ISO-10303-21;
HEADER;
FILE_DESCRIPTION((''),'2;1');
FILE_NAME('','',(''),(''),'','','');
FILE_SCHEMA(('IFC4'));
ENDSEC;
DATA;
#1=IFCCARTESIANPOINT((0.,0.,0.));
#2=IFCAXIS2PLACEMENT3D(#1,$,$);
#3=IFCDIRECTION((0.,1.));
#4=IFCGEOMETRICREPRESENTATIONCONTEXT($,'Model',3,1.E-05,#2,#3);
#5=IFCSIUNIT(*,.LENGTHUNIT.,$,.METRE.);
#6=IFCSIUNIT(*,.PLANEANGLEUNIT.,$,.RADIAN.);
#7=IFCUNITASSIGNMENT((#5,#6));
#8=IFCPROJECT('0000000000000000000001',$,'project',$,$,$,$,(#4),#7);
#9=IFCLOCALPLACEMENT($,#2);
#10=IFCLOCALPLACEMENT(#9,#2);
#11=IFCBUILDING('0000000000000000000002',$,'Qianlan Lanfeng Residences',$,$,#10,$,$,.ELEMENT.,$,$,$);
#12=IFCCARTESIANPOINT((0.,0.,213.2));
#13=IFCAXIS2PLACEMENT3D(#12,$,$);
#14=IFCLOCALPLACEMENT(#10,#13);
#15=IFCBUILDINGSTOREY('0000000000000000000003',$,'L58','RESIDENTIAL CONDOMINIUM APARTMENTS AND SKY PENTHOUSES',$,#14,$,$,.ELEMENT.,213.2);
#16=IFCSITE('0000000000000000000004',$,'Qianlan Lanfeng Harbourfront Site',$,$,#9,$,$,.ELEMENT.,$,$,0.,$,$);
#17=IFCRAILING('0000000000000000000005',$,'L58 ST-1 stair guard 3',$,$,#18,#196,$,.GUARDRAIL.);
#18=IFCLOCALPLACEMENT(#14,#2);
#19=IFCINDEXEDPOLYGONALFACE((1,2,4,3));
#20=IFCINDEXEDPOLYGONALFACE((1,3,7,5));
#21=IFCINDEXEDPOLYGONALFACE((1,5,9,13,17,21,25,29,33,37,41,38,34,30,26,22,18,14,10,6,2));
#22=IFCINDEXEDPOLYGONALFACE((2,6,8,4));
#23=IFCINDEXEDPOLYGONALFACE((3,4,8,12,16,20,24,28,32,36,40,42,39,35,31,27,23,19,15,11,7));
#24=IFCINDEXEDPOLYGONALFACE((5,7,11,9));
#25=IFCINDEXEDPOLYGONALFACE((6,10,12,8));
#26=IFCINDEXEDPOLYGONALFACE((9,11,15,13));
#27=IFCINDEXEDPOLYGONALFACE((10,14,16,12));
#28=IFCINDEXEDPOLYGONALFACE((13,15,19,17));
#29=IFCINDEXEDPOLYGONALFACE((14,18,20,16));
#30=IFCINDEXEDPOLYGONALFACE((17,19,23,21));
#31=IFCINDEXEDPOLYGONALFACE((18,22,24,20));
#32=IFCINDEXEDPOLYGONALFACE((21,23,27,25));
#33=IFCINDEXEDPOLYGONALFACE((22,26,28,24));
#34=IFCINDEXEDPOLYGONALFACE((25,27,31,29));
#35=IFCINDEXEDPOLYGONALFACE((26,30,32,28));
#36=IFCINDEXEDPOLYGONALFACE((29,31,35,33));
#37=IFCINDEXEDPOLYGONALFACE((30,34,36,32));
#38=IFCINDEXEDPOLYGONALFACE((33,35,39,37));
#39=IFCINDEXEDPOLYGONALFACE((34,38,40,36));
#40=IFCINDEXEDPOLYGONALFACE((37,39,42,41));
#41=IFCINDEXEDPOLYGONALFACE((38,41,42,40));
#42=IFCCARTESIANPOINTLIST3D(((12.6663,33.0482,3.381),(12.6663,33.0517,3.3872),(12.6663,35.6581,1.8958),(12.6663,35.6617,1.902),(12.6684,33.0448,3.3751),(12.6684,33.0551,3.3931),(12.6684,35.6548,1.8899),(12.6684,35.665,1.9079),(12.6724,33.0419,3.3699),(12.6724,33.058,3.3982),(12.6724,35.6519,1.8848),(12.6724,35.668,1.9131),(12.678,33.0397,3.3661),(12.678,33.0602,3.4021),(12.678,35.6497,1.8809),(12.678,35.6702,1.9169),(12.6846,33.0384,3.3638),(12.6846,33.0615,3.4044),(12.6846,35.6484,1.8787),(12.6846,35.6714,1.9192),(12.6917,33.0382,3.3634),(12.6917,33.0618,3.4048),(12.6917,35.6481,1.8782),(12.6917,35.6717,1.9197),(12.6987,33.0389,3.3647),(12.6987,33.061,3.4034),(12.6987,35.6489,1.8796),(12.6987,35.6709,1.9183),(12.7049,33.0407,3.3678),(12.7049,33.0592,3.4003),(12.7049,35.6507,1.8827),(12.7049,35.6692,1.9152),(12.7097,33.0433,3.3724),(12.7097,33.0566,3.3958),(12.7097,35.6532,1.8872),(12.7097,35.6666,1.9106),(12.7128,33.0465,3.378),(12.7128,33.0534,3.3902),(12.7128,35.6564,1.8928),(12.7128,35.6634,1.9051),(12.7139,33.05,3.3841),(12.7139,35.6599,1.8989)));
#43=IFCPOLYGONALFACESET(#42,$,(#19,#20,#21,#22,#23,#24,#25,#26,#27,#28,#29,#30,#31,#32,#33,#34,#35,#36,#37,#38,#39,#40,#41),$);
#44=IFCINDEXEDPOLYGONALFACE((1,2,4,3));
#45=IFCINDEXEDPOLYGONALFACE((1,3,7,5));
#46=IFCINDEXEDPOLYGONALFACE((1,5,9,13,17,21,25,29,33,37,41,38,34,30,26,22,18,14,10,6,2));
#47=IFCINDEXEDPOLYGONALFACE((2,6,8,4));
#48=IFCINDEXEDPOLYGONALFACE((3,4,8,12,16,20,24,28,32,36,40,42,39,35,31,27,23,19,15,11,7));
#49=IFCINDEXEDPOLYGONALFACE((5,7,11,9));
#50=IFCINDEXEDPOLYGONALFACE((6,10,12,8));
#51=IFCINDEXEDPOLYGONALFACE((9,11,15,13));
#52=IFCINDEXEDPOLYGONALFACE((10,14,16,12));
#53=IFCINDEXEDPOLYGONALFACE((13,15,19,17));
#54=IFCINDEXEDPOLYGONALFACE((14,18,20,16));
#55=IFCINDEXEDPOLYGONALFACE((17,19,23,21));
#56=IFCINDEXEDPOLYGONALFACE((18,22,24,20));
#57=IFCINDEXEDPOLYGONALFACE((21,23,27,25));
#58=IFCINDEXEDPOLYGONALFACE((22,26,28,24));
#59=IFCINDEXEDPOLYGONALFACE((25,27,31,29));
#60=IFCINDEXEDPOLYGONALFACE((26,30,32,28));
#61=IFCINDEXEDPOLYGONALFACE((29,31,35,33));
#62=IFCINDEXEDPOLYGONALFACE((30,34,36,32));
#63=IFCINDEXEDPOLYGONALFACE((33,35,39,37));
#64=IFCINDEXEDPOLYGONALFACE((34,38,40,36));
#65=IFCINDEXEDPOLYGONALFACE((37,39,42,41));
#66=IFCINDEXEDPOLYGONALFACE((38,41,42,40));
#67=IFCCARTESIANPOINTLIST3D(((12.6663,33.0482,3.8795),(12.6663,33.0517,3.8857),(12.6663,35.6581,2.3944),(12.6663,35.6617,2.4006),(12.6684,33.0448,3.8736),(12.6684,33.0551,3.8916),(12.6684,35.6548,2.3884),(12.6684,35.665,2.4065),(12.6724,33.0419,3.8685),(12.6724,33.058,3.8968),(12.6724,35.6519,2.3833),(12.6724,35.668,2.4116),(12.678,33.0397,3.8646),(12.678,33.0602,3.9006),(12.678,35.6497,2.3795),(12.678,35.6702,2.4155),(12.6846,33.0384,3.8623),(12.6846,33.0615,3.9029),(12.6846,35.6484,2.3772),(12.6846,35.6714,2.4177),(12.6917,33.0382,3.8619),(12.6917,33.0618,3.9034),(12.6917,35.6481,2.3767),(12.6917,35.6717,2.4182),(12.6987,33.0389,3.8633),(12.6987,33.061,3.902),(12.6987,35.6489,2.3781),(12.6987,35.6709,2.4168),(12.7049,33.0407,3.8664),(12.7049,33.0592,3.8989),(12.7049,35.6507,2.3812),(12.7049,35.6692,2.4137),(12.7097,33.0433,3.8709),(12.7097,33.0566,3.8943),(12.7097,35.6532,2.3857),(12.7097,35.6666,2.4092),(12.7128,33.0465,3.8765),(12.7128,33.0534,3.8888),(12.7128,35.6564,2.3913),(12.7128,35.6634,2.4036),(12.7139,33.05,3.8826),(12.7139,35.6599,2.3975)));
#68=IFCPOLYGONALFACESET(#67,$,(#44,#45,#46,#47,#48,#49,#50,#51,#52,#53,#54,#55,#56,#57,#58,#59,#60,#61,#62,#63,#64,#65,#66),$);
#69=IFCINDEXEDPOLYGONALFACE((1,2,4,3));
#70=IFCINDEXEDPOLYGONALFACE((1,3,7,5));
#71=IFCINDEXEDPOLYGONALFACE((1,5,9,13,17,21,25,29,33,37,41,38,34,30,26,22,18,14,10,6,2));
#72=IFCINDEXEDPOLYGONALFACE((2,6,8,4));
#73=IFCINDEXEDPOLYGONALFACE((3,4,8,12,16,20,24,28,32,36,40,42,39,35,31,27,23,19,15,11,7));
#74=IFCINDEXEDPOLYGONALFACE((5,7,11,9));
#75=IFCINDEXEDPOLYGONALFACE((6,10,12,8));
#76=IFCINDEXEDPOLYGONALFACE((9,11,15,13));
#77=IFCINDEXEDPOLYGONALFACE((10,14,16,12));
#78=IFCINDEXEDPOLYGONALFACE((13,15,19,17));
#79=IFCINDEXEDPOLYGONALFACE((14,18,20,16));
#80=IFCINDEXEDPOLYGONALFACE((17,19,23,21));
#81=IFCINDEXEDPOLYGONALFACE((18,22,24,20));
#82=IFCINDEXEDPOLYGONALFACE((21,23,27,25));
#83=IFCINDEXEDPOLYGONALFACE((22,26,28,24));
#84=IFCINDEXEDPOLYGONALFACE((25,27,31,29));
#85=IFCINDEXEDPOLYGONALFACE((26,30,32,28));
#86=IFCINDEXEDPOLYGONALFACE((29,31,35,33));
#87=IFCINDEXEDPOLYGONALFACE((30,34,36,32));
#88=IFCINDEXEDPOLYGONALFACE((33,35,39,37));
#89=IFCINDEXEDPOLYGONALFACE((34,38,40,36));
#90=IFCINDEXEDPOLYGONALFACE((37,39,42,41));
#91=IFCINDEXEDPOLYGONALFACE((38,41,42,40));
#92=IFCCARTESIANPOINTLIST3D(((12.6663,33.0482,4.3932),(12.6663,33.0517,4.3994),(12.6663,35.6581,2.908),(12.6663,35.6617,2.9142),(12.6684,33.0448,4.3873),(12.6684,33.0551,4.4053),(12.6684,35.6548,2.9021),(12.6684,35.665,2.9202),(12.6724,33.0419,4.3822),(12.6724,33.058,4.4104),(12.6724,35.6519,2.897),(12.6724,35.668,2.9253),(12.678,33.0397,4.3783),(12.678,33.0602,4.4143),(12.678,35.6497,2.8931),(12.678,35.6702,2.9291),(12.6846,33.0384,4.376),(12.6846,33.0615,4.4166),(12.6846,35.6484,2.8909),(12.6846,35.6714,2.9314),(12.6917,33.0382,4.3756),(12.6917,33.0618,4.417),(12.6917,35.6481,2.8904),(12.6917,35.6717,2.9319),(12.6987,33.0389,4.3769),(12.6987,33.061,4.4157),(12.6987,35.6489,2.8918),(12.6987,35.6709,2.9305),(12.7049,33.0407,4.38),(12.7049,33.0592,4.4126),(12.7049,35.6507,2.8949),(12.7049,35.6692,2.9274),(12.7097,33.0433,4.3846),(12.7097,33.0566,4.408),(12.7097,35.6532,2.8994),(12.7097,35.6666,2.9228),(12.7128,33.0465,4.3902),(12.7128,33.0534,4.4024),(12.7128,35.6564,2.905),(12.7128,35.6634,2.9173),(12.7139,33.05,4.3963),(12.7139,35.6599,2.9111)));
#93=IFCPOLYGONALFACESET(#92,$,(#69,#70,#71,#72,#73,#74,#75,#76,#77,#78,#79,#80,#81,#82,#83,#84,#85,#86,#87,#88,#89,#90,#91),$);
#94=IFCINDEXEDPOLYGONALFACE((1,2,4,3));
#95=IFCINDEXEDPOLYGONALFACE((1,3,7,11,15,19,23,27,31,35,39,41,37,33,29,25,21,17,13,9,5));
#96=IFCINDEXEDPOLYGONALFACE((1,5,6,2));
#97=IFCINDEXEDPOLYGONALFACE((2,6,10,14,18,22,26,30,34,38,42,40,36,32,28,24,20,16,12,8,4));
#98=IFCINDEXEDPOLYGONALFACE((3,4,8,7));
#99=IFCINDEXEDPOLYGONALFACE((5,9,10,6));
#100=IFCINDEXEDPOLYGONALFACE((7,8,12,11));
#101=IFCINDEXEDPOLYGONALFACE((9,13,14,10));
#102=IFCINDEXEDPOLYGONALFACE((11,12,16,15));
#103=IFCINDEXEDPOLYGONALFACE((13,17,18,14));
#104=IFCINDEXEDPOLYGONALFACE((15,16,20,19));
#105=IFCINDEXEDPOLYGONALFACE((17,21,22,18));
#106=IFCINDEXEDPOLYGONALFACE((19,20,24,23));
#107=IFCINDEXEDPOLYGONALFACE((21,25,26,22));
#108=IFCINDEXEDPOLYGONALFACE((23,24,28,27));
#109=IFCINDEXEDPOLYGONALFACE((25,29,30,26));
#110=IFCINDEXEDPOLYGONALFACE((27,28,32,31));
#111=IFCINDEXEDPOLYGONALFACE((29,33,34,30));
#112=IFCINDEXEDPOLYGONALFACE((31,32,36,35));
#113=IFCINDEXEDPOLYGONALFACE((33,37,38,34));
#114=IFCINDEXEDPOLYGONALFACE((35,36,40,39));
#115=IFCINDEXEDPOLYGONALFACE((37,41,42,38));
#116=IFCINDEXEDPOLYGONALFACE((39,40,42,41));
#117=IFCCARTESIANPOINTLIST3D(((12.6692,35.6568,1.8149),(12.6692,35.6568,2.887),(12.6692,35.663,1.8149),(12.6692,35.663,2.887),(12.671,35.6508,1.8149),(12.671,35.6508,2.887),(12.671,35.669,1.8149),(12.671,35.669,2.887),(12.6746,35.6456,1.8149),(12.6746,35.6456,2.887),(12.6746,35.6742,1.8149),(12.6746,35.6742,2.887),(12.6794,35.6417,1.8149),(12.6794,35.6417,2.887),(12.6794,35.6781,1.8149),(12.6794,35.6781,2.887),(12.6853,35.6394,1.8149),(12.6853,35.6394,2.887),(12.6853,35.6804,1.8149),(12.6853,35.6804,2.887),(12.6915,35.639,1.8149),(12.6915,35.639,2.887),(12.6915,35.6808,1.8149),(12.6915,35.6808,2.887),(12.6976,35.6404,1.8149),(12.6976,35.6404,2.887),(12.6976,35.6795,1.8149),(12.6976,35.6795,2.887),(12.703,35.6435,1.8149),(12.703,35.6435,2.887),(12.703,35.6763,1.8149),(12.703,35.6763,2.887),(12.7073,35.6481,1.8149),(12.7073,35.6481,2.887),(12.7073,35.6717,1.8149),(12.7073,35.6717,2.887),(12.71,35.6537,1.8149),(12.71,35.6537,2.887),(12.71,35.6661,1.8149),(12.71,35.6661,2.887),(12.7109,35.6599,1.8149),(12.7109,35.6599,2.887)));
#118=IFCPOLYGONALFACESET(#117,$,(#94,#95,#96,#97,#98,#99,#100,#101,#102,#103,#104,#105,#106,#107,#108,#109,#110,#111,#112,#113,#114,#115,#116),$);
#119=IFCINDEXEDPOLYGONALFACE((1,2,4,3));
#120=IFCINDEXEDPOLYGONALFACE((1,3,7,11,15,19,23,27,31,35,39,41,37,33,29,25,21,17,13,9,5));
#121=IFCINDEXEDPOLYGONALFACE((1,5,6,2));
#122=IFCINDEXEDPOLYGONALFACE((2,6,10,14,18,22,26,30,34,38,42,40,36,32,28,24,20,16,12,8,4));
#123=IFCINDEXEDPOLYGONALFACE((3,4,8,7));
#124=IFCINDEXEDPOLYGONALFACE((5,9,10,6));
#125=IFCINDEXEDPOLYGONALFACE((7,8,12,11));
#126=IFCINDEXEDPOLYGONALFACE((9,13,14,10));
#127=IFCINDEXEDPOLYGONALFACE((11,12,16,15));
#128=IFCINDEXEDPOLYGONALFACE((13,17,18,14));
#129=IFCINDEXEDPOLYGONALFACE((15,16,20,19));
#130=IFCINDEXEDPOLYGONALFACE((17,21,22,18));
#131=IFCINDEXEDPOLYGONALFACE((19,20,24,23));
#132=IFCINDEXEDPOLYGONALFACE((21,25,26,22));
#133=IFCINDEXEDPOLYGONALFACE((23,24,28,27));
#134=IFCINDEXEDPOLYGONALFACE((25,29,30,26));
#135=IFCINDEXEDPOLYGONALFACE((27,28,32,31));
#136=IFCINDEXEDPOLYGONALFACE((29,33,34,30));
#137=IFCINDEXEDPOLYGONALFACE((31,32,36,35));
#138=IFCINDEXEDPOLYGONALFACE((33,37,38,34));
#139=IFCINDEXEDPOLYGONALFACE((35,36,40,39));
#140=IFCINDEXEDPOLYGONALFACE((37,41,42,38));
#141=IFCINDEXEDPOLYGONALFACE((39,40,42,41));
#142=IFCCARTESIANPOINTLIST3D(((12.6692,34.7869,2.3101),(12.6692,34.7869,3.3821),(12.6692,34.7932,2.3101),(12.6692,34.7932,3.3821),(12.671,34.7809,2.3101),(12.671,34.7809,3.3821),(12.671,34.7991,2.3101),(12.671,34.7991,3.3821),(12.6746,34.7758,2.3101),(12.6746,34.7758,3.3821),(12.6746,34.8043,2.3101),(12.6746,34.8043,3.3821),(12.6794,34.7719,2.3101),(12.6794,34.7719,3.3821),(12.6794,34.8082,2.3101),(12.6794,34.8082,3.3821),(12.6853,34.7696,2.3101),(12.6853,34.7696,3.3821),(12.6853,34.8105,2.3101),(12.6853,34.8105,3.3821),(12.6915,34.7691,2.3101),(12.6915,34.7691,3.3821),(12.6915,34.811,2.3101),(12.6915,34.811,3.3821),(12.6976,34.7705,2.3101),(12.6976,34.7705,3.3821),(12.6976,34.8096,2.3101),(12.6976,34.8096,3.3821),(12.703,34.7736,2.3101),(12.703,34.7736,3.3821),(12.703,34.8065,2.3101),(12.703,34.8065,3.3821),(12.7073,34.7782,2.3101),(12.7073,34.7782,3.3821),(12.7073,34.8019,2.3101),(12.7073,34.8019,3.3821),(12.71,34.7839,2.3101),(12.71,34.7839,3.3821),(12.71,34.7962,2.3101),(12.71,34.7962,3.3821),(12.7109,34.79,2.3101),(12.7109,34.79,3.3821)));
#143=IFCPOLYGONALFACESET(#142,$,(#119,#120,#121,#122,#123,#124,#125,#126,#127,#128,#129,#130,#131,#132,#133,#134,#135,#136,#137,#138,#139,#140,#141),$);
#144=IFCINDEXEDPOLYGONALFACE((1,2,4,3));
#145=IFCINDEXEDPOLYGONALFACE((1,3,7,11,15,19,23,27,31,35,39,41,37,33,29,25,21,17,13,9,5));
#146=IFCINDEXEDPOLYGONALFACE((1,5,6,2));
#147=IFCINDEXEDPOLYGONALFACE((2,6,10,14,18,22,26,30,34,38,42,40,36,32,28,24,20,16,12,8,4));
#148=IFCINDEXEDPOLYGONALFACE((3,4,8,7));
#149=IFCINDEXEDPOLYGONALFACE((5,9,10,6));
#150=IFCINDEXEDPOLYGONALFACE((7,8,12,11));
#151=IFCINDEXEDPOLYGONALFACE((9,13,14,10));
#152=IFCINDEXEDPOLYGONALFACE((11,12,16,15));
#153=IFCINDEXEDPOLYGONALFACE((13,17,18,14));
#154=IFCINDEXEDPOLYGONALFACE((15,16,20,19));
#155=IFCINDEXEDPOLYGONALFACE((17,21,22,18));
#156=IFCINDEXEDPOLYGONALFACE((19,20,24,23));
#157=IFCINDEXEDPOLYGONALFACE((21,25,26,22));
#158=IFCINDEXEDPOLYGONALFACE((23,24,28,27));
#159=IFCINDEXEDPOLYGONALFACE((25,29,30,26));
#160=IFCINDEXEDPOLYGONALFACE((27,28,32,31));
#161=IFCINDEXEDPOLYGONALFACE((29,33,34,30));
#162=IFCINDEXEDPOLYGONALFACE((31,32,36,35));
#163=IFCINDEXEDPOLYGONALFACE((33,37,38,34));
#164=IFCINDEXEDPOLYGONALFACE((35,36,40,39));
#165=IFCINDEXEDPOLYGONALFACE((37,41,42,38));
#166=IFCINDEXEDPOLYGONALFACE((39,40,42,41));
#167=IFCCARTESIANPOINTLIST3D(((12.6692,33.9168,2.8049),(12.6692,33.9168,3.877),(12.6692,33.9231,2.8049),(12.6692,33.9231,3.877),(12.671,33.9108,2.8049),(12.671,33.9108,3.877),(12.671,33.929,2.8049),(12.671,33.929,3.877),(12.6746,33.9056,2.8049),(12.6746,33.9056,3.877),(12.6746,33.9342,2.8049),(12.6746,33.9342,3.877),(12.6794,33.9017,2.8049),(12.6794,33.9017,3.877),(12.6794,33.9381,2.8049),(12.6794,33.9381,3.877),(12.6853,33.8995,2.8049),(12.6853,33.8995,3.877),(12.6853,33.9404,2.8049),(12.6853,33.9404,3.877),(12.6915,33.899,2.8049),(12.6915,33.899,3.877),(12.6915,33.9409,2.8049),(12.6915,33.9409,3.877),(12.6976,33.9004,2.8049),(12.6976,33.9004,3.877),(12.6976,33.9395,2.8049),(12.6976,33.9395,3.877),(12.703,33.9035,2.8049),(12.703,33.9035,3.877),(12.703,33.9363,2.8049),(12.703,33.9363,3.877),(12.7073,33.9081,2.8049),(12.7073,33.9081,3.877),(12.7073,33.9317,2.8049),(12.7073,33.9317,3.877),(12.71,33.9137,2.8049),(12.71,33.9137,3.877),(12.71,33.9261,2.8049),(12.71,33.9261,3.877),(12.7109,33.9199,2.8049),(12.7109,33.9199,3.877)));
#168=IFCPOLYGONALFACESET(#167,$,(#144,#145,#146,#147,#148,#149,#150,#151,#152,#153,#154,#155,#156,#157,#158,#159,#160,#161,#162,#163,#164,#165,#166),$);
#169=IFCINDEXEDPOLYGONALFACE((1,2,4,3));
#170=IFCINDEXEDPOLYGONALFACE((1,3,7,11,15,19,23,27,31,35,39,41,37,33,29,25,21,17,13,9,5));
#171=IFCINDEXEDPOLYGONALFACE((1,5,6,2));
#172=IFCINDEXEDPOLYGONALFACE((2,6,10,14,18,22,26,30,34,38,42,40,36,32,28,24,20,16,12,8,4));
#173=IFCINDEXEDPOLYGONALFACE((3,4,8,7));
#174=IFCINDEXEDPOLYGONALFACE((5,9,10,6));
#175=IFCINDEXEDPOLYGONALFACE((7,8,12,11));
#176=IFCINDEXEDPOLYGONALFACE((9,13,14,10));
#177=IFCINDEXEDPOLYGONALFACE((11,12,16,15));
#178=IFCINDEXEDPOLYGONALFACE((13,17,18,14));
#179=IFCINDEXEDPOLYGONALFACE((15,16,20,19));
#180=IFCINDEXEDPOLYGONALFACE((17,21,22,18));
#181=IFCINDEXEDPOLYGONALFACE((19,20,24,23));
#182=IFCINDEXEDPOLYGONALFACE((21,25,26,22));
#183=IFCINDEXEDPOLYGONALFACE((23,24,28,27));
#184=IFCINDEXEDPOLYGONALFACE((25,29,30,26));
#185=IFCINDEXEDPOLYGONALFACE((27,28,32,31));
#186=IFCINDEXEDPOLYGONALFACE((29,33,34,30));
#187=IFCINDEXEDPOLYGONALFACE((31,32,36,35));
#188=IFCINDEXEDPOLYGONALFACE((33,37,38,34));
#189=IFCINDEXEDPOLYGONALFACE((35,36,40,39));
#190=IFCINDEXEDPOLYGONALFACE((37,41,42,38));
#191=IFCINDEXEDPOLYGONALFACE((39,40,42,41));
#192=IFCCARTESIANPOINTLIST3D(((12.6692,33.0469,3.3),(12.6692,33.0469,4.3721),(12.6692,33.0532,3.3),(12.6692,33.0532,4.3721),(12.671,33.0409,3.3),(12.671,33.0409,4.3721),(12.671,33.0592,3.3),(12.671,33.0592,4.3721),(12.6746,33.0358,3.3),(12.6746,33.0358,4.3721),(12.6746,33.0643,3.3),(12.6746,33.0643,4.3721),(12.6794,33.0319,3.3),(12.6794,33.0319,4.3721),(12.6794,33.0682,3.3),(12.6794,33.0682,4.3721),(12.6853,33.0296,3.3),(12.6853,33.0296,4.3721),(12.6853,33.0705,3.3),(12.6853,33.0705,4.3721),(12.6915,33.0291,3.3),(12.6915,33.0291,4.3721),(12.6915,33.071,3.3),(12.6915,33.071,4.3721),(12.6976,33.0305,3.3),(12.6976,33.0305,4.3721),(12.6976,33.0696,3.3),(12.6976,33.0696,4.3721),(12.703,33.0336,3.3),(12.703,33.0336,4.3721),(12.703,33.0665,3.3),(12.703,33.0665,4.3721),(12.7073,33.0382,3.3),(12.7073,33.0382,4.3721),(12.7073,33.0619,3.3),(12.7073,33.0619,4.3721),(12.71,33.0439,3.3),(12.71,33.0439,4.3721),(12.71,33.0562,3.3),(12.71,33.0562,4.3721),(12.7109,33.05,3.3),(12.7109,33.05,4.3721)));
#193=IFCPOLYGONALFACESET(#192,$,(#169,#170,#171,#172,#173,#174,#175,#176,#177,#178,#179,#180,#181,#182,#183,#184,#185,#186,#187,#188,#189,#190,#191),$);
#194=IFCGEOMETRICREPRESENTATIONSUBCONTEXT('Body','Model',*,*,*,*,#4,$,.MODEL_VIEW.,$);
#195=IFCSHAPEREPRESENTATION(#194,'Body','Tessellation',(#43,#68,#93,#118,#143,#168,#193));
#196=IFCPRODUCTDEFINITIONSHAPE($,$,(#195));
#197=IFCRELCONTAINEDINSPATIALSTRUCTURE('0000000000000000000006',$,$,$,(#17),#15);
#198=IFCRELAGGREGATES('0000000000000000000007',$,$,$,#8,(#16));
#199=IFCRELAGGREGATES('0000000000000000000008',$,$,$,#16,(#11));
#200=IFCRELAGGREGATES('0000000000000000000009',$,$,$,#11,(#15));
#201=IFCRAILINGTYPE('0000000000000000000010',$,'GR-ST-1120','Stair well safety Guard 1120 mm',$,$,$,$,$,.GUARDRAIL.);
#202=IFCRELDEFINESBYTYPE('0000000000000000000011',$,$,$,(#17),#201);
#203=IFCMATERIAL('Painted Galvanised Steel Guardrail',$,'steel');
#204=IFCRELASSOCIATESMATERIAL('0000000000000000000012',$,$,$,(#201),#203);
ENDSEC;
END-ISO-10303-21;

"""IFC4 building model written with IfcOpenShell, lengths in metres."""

from ifc_helpers import new_model, si_unit, direction, frame, origin, origin_2d, place, context, subcontext, project, spatial, circle, extrude, material, type_object, element, save


model = new_model("IFC4")

# Units and contexts
model_context = context("Model", 3, precision=1e-05, world=origin(), true_north=direction((0.0, 1.0)))
body_context = subcontext(model_context, "Body", "Model", "MODEL_VIEW")
ifc_project = project(units=[si_unit("LENGTHUNIT", "METRE"), si_unit("PLANEANGLEUNIT", "RADIAN")], contexts=[model_context])

# Site, building, storey
site_placement = place(None, origin())
site = spatial("IfcSite", under=ifc_project, at=site_placement, Name="Qianlan Lanfeng Harbourfront Site", CompositionType="ELEMENT", RefElevation=0.0)
building_placement = place(site_placement, origin())
building = spatial("IfcBuilding", under=site, at=building_placement, Name="Qianlan Lanfeng Residences", CompositionType="ELEMENT")
storey_placement = place(building_placement, frame((0.0, 0.0, 213.2)))
storey = spatial("IfcBuildingStorey", under=building, at=storey_placement, Name="L58", Description="RESIDENTIAL CONDOMINIUM APARTMENTS AND SKY PENTHOUSES", CompositionType="ELEMENT", Elevation=213.2)

# Railing
ifc_material_1 = material(Name="Painted Galvanised Steel Guardrail", Category="steel")
railing_type_1 = type_object("IfcRailingType", Name="GR-ST-1120", Description="Stair well safety Guard 1120 mm", PredefinedType="GUARDRAIL", material=ifc_material_1)
railing_1_placement = place(storey_placement, frame((12.6899, 35.6599, 1.8149)))
element("IfcRailing", 1, at=railing_1_placement, inside=storey, type_object=railing_type_1, Name="L58 ST-1 stair guard 3", PredefinedType="GUARDRAIL", context=body_context, shape_type="SweptSolid", body=[
    extrude(circle(Radius=0.0239, at=origin_2d()), frame((0.0, 0.0, 0.084), z_axis=(0.0, -0.869137, 0.494571), x_axis=(1.0, 0.0, 0.0)), (0.0, 0.0, 1.0), 3.0029),
    extrude(circle(Radius=0.0239, at=origin_2d()), frame((0.0, 0.0, 0.5825), z_axis=(0.0, -0.869137, 0.494571), x_axis=(1.0, 0.0, 0.0)), (0.0, 0.0, 1.0), 3.0029),
    extrude(circle(Radius=0.0239, at=origin_2d()), frame((0.0, 0.0, 1.0962), z_axis=(0.0, -0.869137, 0.494571), x_axis=(1.0, 0.0, 0.0)), (0.0, 0.0, 1.0), 3.0029),
    extrude(circle(Radius=0.021, at=origin_2d()), origin(), (0.0, 0.0, 1.0), 1.072),
    extrude(circle(Radius=0.021, at=origin_2d()), frame((0.0, -0.8699, 0.4951)), (0.0, 0.0, 1.0), 1.072),
    extrude(circle(Radius=0.021, at=origin_2d()), frame((0.0, -1.74, 0.99)), (0.0, 0.0, 1.0), 1.072),
    extrude(circle(Radius=0.021, at=origin_2d()), frame((0.0, -2.6099, 1.4851)), (0.0, 0.0, 1.0), 1.072),
])

save(model, "model.ifc")
